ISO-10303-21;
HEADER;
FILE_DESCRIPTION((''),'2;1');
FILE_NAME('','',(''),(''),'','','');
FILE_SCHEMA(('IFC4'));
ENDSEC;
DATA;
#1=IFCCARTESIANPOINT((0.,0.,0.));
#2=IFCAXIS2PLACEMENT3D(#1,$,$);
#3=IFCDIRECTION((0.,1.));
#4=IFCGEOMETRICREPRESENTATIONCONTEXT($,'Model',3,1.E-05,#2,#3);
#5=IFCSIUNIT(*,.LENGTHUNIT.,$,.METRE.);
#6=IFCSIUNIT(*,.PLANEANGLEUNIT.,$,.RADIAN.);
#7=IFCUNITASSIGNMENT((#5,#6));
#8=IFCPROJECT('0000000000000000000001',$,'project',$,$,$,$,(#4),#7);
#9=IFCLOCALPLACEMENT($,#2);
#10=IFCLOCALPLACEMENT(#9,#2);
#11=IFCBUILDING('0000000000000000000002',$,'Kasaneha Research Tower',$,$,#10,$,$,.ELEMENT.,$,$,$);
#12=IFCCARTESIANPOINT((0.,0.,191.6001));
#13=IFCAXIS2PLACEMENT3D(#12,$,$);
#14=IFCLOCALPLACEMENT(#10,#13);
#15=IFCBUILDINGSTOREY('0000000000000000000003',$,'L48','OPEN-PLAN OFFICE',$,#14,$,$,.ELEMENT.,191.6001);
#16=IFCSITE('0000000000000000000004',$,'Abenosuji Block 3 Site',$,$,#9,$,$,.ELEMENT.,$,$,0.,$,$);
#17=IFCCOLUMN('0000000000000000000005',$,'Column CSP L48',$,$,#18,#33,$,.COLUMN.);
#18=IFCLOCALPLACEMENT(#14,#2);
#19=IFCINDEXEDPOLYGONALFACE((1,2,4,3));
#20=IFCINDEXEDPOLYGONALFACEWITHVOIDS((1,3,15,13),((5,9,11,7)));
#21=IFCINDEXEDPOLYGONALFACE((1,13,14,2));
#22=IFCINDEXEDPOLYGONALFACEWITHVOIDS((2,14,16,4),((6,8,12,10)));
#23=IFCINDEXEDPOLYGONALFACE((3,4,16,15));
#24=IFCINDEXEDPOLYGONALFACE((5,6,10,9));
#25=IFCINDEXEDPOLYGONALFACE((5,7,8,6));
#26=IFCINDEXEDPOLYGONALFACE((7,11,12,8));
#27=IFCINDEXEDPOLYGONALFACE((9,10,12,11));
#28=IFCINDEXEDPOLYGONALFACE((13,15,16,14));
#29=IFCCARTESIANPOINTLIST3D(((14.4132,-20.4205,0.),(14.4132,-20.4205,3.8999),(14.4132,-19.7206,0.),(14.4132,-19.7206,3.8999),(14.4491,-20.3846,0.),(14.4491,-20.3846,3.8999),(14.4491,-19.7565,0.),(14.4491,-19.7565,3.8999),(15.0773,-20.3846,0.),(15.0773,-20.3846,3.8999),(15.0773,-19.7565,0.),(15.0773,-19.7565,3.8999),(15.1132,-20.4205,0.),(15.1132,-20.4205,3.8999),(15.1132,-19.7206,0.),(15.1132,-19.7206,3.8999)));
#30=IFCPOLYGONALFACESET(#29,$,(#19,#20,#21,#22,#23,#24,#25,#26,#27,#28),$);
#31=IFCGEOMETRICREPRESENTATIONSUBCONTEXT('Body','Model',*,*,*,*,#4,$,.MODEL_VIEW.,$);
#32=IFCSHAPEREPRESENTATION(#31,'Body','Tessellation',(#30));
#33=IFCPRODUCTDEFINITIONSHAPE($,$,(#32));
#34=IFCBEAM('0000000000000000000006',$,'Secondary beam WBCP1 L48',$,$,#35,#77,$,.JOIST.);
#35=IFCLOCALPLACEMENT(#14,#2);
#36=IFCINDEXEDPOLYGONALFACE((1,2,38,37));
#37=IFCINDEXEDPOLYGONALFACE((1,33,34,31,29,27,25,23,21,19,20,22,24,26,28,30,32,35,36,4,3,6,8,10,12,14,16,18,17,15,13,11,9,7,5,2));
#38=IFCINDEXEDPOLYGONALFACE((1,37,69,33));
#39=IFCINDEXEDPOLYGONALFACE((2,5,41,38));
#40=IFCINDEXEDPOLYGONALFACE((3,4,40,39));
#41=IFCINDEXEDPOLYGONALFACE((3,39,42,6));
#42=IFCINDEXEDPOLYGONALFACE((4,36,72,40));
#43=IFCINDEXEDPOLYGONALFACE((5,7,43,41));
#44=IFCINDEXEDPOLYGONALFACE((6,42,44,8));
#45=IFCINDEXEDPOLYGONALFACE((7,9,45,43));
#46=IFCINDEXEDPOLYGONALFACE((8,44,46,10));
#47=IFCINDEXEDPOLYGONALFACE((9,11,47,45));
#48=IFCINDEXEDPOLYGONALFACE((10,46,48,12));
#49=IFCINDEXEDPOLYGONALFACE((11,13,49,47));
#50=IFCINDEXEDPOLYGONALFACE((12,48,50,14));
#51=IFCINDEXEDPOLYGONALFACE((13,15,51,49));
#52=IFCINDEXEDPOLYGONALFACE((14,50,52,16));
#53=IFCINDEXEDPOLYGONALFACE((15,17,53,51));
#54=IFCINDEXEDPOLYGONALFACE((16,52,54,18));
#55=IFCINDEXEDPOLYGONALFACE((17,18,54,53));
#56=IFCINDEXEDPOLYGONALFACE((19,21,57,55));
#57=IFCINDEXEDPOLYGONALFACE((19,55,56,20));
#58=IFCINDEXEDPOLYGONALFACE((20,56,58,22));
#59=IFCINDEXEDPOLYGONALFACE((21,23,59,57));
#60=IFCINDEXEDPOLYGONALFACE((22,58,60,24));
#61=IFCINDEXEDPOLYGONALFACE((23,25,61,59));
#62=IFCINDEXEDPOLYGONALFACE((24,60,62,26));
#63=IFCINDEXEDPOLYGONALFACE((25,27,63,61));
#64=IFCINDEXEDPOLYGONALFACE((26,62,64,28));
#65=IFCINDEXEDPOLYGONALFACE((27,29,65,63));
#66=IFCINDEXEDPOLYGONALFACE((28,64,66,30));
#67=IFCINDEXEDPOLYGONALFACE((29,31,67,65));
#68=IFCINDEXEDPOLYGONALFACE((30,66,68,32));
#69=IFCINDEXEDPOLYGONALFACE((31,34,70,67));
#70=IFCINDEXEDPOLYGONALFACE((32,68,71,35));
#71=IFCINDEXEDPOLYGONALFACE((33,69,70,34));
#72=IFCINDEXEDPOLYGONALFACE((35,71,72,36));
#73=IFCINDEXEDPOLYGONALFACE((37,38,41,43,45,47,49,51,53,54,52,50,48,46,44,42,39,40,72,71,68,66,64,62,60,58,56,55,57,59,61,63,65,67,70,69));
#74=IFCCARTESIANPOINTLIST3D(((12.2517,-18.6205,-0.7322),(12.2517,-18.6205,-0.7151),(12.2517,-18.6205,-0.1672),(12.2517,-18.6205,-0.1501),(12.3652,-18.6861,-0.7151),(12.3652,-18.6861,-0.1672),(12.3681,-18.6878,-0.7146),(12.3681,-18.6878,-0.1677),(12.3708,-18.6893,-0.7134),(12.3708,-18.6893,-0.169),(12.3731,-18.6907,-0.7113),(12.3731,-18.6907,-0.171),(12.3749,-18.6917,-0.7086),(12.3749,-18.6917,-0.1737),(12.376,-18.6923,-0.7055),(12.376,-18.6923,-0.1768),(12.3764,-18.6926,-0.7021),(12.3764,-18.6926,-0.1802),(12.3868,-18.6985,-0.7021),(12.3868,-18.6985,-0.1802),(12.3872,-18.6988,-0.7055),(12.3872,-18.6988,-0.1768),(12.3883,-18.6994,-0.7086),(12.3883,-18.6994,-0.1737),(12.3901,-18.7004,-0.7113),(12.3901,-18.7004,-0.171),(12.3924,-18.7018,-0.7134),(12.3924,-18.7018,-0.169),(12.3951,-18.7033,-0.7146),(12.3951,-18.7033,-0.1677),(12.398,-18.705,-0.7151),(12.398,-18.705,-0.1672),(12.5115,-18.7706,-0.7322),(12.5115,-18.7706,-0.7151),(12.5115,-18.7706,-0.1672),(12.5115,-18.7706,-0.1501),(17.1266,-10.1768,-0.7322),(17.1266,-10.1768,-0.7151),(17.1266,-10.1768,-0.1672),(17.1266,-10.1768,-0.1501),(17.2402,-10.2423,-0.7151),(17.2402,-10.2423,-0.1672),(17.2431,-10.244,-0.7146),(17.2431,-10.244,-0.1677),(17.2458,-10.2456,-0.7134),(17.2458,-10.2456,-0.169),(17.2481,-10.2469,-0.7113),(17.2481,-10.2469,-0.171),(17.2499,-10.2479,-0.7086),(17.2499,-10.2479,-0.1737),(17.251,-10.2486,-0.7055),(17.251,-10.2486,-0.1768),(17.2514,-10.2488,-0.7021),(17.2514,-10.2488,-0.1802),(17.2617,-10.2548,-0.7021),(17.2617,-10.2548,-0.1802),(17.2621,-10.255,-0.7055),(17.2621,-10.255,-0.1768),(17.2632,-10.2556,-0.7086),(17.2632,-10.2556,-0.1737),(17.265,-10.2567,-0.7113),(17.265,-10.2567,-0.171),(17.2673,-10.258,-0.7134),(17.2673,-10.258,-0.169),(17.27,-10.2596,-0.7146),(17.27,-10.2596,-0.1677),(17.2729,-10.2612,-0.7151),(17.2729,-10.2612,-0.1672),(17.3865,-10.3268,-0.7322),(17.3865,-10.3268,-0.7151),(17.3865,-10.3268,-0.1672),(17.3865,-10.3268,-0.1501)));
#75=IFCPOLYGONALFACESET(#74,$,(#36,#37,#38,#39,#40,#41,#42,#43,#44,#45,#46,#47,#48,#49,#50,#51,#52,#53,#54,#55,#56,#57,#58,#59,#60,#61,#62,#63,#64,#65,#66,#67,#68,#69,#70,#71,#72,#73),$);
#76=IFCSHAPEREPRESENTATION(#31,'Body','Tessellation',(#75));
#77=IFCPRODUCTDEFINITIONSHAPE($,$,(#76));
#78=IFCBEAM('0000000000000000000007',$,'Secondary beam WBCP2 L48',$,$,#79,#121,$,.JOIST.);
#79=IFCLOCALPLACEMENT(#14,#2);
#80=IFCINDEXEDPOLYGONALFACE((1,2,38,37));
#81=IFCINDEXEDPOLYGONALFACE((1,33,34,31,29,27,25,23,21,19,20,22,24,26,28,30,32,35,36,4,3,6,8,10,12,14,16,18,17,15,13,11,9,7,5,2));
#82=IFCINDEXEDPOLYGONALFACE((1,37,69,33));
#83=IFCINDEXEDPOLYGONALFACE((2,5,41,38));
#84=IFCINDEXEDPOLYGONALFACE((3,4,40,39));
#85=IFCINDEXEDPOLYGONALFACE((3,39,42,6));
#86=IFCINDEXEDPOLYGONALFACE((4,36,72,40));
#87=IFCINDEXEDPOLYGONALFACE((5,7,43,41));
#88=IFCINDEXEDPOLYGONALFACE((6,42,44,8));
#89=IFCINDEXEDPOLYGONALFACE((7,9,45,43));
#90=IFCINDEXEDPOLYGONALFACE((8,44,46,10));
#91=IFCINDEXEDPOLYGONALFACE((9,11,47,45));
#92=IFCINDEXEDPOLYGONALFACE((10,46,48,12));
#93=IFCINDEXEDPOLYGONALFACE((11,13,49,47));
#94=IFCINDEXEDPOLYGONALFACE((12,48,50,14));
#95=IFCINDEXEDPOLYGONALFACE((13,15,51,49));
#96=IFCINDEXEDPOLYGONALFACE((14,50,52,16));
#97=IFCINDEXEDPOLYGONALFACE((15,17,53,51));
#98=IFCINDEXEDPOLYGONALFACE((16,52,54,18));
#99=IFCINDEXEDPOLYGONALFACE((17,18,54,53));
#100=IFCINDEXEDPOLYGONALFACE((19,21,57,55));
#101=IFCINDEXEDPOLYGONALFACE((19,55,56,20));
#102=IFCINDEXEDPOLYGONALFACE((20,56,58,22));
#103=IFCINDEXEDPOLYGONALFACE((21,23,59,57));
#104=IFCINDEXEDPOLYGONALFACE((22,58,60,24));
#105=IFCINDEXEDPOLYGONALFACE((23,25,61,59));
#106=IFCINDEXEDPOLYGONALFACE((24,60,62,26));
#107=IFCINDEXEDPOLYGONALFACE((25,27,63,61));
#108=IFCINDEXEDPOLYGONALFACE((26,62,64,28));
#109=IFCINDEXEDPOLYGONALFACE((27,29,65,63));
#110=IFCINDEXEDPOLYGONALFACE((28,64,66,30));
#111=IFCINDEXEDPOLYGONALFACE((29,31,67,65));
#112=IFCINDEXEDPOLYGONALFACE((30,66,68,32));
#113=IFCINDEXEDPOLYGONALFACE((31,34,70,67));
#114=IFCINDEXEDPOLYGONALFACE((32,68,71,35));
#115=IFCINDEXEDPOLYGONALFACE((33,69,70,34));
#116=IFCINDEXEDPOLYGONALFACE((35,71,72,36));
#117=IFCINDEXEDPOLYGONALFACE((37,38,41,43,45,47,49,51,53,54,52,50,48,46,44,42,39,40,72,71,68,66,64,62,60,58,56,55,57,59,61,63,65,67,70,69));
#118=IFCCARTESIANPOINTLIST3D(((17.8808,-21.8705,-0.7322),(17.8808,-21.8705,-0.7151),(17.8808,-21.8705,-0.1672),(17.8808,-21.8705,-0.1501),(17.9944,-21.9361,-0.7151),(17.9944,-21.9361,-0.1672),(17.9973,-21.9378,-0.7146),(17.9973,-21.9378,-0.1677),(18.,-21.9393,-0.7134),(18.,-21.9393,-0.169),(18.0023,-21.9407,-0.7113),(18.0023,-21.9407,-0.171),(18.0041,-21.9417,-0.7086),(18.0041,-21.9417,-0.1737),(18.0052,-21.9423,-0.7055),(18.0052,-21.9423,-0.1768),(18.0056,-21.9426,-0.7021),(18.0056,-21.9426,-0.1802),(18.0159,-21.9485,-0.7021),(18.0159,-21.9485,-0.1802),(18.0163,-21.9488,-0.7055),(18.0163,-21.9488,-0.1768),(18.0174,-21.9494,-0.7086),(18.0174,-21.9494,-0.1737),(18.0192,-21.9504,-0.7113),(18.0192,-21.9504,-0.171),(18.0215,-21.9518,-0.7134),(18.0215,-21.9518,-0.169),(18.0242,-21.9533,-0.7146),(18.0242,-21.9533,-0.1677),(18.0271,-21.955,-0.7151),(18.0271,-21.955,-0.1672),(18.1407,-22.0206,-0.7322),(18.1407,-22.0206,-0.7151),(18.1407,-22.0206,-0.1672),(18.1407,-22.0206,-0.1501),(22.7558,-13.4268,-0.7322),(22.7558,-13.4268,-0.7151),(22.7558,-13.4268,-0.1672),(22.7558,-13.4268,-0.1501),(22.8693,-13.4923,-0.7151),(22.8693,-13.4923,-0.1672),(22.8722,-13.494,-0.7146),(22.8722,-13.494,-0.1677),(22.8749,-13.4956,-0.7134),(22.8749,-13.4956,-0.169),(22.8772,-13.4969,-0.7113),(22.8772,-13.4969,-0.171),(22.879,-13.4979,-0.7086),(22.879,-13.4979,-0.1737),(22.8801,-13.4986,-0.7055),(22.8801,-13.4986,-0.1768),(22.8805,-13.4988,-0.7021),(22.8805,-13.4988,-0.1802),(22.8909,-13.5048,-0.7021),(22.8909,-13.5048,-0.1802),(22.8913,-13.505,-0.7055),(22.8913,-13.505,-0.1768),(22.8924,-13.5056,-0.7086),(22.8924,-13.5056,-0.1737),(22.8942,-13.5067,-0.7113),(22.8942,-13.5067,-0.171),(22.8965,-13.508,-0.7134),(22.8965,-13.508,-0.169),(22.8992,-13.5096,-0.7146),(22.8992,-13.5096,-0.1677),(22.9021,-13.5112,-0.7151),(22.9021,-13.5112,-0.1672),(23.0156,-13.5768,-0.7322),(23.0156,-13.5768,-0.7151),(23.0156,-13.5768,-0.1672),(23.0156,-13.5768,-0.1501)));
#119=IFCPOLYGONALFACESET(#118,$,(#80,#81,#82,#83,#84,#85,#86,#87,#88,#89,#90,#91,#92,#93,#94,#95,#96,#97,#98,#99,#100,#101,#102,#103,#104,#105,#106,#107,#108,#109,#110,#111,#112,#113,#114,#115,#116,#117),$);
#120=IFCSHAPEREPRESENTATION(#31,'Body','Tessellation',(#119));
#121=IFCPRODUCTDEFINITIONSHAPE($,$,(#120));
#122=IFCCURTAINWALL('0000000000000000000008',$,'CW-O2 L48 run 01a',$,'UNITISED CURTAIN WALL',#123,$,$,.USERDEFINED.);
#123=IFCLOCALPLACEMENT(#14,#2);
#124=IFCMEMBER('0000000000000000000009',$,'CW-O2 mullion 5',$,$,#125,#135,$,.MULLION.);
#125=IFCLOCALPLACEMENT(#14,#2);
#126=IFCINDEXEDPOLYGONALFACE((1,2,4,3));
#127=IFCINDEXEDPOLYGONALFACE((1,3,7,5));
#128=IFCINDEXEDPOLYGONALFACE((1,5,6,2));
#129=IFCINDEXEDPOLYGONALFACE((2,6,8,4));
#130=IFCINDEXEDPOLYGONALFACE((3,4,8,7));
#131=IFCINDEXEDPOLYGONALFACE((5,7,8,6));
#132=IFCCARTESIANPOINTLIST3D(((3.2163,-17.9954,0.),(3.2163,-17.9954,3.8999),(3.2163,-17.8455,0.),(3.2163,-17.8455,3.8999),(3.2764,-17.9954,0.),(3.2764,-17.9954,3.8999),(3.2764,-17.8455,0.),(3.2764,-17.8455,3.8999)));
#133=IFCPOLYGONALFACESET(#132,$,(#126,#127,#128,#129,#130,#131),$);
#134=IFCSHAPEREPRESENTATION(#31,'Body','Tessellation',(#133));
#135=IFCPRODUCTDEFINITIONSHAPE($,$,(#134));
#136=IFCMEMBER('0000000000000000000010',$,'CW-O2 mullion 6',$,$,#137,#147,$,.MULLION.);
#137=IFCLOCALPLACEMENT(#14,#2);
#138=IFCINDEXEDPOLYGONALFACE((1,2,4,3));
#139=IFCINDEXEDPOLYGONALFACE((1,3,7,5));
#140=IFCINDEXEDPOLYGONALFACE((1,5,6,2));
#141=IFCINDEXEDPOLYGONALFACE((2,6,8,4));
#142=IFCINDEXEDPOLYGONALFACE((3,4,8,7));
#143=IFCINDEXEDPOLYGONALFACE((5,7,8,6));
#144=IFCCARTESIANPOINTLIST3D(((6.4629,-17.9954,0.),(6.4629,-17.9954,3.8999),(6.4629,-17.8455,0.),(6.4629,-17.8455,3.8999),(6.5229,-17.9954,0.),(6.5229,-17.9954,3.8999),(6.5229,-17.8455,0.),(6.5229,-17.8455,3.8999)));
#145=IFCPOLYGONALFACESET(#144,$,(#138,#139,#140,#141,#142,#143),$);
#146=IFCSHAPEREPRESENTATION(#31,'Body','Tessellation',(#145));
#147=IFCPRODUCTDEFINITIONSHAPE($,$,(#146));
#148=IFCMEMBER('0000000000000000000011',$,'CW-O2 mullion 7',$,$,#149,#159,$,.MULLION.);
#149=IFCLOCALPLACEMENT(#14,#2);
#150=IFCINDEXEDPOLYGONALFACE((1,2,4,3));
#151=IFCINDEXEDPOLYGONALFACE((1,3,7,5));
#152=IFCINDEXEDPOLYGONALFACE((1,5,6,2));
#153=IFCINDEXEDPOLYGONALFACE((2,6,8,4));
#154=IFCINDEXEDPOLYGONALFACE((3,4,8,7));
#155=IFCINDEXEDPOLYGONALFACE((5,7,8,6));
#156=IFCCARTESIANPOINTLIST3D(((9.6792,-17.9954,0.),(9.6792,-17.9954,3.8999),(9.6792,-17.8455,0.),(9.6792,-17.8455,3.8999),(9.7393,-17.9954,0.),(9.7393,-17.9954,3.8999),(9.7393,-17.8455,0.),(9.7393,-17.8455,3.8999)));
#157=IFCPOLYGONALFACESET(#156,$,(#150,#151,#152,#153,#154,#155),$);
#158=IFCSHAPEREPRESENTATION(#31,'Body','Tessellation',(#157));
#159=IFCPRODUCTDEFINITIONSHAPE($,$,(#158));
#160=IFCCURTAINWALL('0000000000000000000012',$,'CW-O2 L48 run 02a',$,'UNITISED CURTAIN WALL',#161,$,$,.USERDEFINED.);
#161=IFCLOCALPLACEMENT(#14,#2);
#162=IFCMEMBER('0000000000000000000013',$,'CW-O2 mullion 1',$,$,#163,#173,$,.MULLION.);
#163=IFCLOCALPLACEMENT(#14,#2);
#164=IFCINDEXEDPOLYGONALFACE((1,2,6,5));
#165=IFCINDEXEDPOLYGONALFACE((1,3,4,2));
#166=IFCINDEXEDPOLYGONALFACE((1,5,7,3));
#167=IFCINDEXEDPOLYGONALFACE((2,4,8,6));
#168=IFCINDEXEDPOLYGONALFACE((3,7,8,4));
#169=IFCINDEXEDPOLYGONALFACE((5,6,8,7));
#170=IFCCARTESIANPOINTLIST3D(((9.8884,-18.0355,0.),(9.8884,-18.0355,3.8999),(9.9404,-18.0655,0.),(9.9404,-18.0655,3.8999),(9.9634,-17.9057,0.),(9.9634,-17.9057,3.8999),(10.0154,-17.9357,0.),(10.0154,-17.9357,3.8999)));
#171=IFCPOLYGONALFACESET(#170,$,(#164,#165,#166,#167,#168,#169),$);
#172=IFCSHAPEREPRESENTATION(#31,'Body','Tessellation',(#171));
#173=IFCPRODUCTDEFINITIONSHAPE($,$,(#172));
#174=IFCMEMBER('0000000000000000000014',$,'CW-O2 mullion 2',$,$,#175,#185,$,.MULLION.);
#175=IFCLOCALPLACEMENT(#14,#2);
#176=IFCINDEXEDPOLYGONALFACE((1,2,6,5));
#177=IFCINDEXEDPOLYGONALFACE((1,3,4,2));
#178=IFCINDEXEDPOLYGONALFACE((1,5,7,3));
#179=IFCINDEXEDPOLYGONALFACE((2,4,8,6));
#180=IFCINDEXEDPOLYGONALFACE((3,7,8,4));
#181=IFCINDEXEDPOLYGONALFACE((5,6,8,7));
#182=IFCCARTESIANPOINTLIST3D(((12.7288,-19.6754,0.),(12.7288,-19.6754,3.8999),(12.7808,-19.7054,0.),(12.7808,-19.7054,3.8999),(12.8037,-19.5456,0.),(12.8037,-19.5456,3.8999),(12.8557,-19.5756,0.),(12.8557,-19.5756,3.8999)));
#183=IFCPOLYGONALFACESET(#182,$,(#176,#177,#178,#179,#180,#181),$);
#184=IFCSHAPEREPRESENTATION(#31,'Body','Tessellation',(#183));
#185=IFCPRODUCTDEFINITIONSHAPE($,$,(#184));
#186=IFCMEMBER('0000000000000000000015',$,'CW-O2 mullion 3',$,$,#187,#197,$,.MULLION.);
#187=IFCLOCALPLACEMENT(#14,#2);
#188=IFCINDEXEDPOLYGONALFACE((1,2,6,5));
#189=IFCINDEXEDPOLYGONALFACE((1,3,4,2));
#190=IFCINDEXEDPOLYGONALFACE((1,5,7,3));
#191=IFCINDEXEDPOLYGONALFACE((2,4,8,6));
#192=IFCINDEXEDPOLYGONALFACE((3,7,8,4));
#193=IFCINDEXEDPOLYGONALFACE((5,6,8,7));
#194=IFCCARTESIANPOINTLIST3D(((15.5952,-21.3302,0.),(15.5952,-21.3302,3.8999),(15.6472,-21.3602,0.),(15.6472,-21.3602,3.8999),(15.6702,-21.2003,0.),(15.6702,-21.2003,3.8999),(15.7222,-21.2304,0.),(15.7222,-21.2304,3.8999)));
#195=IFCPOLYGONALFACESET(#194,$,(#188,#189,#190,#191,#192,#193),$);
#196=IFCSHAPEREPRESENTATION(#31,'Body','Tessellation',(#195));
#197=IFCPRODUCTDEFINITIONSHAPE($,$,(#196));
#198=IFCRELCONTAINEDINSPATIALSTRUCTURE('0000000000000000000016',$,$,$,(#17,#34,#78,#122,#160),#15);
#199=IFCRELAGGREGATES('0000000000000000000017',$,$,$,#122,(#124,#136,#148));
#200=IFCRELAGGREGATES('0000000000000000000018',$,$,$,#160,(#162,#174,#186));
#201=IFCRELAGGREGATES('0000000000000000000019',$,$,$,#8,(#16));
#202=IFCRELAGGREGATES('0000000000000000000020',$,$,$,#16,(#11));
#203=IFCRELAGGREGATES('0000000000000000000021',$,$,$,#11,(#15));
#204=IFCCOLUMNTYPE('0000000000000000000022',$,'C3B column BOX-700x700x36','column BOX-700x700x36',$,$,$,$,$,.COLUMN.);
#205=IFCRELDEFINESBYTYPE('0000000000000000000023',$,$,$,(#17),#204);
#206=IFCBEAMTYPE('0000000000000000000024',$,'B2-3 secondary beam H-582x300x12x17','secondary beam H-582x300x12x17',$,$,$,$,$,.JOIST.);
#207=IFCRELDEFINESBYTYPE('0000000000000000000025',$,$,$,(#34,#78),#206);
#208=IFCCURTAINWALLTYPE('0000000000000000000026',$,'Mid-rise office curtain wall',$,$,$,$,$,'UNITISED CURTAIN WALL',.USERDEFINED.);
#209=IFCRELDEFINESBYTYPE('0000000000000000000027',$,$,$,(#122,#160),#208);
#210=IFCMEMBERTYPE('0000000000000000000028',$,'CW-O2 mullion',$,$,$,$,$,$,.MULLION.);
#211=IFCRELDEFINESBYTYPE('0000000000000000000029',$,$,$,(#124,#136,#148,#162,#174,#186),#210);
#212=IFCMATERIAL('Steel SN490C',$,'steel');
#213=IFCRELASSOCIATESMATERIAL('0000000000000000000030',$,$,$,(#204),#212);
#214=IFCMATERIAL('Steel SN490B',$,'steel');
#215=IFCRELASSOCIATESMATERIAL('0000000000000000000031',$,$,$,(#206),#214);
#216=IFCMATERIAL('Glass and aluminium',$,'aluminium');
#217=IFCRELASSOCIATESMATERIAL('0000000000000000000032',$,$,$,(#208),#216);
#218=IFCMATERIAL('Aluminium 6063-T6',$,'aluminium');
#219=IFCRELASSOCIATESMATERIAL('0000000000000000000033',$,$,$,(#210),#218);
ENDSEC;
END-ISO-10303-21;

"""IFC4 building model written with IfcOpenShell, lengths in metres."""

from ifc_helpers import new_model, si_unit, direction, frame, origin, origin_2d, place, context, subcontext, project, spatial, rectangle, hollow_rectangle, i_section, extrude, material, material_profile, profile_set, type_object, element, aggregate, save


model = new_model("IFC4")

# Units and contexts
model_context = context("Model", 3, precision=1e-05, world=origin(), true_north=direction((0.0, 1.0)))
body_context = subcontext(model_context, "Body", "Model", "MODEL_VIEW")
ifc_project = project(units=[si_unit("LENGTHUNIT", "METRE"), si_unit("PLANEANGLEUNIT", "RADIAN")], contexts=[model_context])

# Site, building, storey
site_placement = place(None, origin())
site = spatial("IfcSite", under=ifc_project, at=site_placement, Name="Abenosuji Block 3 Site", CompositionType="ELEMENT", RefElevation=0.0)
building_placement = place(site_placement, origin())
building = spatial("IfcBuilding", under=site, at=building_placement, Name="Kasaneha Research Tower", CompositionType="ELEMENT")
storey_placement = place(building_placement, frame((0.0, 0.0, 191.6001)))
storey = spatial("IfcBuildingStorey", under=building, at=storey_placement, Name="L48", Description="OPEN-PLAN OFFICE", CompositionType="ELEMENT", Elevation=191.6001)

# Column
ifc_material_1 = material(Name="Steel SN490C", Category="steel")
ifc_material_profile_1 = material_profile(ifc_material_1, hollow_rectangle(XDim=0.7, YDim=0.7, WallThickness=0.0359, at=origin_2d()), Name="BOX-700x700x36")
ifc_profile_set_1 = profile_set([ifc_material_profile_1], Name="Steel SN490C")
column_type = type_object("IfcColumnType", Name="C3B column BOX-700x700x36", Description="column BOX-700x700x36", PredefinedType="COLUMN", material=ifc_profile_set_1)
column_placement = place(storey_placement, frame((14.7632, -20.0706, 0.0), z_axis=(0.0, 0.0, 1.0), x_axis=(1.0, 0.0, 0.0)))
element("IfcColumn", 1, at=column_placement, inside=storey, type_object=column_type, Name="Column CSP L48", PredefinedType="COLUMN", context=body_context, shape_type="SweptSolid", body=[
    extrude(hollow_rectangle(XDim=0.7, YDim=0.7, WallThickness=0.0359, at=origin_2d()), origin(), (0.0, 0.0, 1.0), 3.8999),
])

# Beams
ifc_material_2 = material(Name="Steel SN490B", Category="steel")
ifc_material_profile_2 = material_profile(ifc_material_2, i_section(OverallWidth=0.3, OverallDepth=0.582, WebThickness=0.012, FlangeThickness=0.0171, FilletRadius=0.0129, at=origin_2d()), Name="H-582x300x12x17")
ifc_profile_set_2 = profile_set([ifc_material_profile_2], Name="Steel SN490B")
beam_type_1 = type_object("IfcBeamType", Name="B2-3 secondary beam H-582x300x12x17", Description="secondary beam H-582x300x12x17", PredefinedType="JOIST", material=ifc_profile_set_2)
for number, where, z_axis, x_axis, name in (
    (2, (12.3816, -18.6956, -0.4412), (0.499996, 0.866028, 0.0), (-0.866028, 0.499996, 0.0), "Secondary beam WBCP1 L48"),
    (3, (18.0107, -21.9456, -0.4412), (0.499996, 0.866028, 0.0), (-0.866028, 0.499996, 0.0), "Secondary beam WBCP2 L48"),
):
    element("IfcBeam", number, at=place(storey_placement, frame(where, z_axis=z_axis, x_axis=x_axis)), inside=storey, type_object=beam_type_1, Name=name, PredefinedType="JOIST", context=body_context, shape_type="SweptSolid", body=[
        extrude(i_section(OverallWidth=0.3, OverallDepth=0.582, WebThickness=0.012, FlangeThickness=0.0171, FilletRadius=0.0129, at=origin_2d()), origin(), (0.0, 0.0, 1.0), 9.75),
    ])

# Curtain walls, members
ifc_material_3 = material(Name="Glass and aluminium", Category="aluminium")
curtain_wall_type = type_object("IfcCurtainWallType", Name="Mid-rise office curtain wall", ElementType="UNITISED CURTAIN WALL", PredefinedType="USERDEFINED", material=ifc_material_3)
curtain_wall_1_placement = place(storey_placement, origin())
curtain_wall_1 = element("IfcCurtainWall", 4, at=curtain_wall_1_placement, inside=storey, type_object=curtain_wall_type, Name="CW-O2 L48 run 01a", ObjectType="UNITISED CURTAIN WALL", PredefinedType="USERDEFINED")
ifc_material_4 = material(Name="Aluminium 6063-T6", Category="aluminium")
ifc_material_profile_3 = material_profile(ifc_material_4, rectangle(XDim=0.0601, YDim=0.1499, at=origin_2d()), Name="CW-O2 mullion 60x150")
ifc_profile_set_3 = profile_set([ifc_material_profile_3], Name="Aluminium 6063-T6")
member_type_1 = type_object("IfcMemberType", Name="CW-O2 mullion", PredefinedType="MULLION", material=ifc_profile_set_3)
member_1_placement = place(storey_placement, frame((3.2463, -17.9204, 0.0), z_axis=(0.0, 0.0, 1.0), x_axis=(1.0, 0.0, 0.0)))
member_1 = element("IfcMember", 5, at=member_1_placement, type_object=member_type_1, Name="CW-O2 mullion 5", PredefinedType="MULLION", context=body_context, shape_type="SweptSolid", body=[
    extrude(rectangle(XDim=0.0601, YDim=0.1499, at=origin_2d()), origin(), (0.0, 0.0, 1.0), 3.8999),
])
member_2_placement = place(storey_placement, frame((6.4929, -17.9204, 0.0), z_axis=(0.0, 0.0, 1.0), x_axis=(1.0, 0.0, 0.0)))
member_2 = element("IfcMember", 6, at=member_2_placement, type_object=member_type_1, Name="CW-O2 mullion 6", PredefinedType="MULLION", context=body_context, shape_type="SweptSolid", body=[
    extrude(rectangle(XDim=0.0601, YDim=0.1499, at=origin_2d()), origin(), (0.0, 0.0, 1.0), 3.8999),
])
member_3_placement = place(storey_placement, frame((9.7092, -17.9204, 0.0), z_axis=(0.0, 0.0, 1.0), x_axis=(1.0, 0.0, 0.0)))
member_3 = element("IfcMember", 7, at=member_3_placement, type_object=member_type_1, Name="CW-O2 mullion 7", PredefinedType="MULLION", context=body_context, shape_type="SweptSolid", body=[
    extrude(rectangle(XDim=0.0601, YDim=0.1499, at=origin_2d()), origin(), (0.0, 0.0, 1.0), 3.8999),
])
curtain_wall_2_placement = place(storey_placement, origin())
curtain_wall_2 = element("IfcCurtainWall", 8, at=curtain_wall_2_placement, inside=storey, type_object=curtain_wall_type, Name="CW-O2 L48 run 02a", ObjectType="UNITISED CURTAIN WALL", PredefinedType="USERDEFINED")
member_4_placement = place(storey_placement, frame((9.9519, -17.9856, 0.0), z_axis=(0.0, 0.0, 1.0), x_axis=(0.866025, -0.5, 0.0)))
member_4 = element("IfcMember", 9, at=member_4_placement, type_object=member_type_1, Name="CW-O2 mullion 1", PredefinedType="MULLION", context=body_context, shape_type="SweptSolid", body=[
    extrude(rectangle(XDim=0.0601, YDim=0.1499, at=origin_2d()), origin(), (0.0, 0.0, 1.0), 3.8999),
])
member_5_placement = place(storey_placement, frame((12.7922, -19.6255, 0.0), z_axis=(0.0, 0.0, 1.0), x_axis=(0.866025, -0.5, 0.0)))
member_5 = element("IfcMember", 10, at=member_5_placement, type_object=member_type_1, Name="CW-O2 mullion 2", PredefinedType="MULLION", context=body_context, shape_type="SweptSolid", body=[
    extrude(rectangle(XDim=0.0601, YDim=0.1499, at=origin_2d()), origin(), (0.0, 0.0, 1.0), 3.8999),
])
member_6_placement = place(storey_placement, frame((15.6587, -21.2803, 0.0), z_axis=(0.0, 0.0, 1.0), x_axis=(0.866025, -0.5, 0.0)))
member_6 = element("IfcMember", 11, at=member_6_placement, type_object=member_type_1, Name="CW-O2 mullion 3", PredefinedType="MULLION", context=body_context, shape_type="SweptSolid", body=[
    extrude(rectangle(XDim=0.0601, YDim=0.1499, at=origin_2d()), origin(), (0.0, 0.0, 1.0), 3.8999),
])

aggregate(curtain_wall_1, [member_1, member_2, member_3])
aggregate(curtain_wall_2, [member_4, member_5, member_6])

save(model, "model.ifc")
